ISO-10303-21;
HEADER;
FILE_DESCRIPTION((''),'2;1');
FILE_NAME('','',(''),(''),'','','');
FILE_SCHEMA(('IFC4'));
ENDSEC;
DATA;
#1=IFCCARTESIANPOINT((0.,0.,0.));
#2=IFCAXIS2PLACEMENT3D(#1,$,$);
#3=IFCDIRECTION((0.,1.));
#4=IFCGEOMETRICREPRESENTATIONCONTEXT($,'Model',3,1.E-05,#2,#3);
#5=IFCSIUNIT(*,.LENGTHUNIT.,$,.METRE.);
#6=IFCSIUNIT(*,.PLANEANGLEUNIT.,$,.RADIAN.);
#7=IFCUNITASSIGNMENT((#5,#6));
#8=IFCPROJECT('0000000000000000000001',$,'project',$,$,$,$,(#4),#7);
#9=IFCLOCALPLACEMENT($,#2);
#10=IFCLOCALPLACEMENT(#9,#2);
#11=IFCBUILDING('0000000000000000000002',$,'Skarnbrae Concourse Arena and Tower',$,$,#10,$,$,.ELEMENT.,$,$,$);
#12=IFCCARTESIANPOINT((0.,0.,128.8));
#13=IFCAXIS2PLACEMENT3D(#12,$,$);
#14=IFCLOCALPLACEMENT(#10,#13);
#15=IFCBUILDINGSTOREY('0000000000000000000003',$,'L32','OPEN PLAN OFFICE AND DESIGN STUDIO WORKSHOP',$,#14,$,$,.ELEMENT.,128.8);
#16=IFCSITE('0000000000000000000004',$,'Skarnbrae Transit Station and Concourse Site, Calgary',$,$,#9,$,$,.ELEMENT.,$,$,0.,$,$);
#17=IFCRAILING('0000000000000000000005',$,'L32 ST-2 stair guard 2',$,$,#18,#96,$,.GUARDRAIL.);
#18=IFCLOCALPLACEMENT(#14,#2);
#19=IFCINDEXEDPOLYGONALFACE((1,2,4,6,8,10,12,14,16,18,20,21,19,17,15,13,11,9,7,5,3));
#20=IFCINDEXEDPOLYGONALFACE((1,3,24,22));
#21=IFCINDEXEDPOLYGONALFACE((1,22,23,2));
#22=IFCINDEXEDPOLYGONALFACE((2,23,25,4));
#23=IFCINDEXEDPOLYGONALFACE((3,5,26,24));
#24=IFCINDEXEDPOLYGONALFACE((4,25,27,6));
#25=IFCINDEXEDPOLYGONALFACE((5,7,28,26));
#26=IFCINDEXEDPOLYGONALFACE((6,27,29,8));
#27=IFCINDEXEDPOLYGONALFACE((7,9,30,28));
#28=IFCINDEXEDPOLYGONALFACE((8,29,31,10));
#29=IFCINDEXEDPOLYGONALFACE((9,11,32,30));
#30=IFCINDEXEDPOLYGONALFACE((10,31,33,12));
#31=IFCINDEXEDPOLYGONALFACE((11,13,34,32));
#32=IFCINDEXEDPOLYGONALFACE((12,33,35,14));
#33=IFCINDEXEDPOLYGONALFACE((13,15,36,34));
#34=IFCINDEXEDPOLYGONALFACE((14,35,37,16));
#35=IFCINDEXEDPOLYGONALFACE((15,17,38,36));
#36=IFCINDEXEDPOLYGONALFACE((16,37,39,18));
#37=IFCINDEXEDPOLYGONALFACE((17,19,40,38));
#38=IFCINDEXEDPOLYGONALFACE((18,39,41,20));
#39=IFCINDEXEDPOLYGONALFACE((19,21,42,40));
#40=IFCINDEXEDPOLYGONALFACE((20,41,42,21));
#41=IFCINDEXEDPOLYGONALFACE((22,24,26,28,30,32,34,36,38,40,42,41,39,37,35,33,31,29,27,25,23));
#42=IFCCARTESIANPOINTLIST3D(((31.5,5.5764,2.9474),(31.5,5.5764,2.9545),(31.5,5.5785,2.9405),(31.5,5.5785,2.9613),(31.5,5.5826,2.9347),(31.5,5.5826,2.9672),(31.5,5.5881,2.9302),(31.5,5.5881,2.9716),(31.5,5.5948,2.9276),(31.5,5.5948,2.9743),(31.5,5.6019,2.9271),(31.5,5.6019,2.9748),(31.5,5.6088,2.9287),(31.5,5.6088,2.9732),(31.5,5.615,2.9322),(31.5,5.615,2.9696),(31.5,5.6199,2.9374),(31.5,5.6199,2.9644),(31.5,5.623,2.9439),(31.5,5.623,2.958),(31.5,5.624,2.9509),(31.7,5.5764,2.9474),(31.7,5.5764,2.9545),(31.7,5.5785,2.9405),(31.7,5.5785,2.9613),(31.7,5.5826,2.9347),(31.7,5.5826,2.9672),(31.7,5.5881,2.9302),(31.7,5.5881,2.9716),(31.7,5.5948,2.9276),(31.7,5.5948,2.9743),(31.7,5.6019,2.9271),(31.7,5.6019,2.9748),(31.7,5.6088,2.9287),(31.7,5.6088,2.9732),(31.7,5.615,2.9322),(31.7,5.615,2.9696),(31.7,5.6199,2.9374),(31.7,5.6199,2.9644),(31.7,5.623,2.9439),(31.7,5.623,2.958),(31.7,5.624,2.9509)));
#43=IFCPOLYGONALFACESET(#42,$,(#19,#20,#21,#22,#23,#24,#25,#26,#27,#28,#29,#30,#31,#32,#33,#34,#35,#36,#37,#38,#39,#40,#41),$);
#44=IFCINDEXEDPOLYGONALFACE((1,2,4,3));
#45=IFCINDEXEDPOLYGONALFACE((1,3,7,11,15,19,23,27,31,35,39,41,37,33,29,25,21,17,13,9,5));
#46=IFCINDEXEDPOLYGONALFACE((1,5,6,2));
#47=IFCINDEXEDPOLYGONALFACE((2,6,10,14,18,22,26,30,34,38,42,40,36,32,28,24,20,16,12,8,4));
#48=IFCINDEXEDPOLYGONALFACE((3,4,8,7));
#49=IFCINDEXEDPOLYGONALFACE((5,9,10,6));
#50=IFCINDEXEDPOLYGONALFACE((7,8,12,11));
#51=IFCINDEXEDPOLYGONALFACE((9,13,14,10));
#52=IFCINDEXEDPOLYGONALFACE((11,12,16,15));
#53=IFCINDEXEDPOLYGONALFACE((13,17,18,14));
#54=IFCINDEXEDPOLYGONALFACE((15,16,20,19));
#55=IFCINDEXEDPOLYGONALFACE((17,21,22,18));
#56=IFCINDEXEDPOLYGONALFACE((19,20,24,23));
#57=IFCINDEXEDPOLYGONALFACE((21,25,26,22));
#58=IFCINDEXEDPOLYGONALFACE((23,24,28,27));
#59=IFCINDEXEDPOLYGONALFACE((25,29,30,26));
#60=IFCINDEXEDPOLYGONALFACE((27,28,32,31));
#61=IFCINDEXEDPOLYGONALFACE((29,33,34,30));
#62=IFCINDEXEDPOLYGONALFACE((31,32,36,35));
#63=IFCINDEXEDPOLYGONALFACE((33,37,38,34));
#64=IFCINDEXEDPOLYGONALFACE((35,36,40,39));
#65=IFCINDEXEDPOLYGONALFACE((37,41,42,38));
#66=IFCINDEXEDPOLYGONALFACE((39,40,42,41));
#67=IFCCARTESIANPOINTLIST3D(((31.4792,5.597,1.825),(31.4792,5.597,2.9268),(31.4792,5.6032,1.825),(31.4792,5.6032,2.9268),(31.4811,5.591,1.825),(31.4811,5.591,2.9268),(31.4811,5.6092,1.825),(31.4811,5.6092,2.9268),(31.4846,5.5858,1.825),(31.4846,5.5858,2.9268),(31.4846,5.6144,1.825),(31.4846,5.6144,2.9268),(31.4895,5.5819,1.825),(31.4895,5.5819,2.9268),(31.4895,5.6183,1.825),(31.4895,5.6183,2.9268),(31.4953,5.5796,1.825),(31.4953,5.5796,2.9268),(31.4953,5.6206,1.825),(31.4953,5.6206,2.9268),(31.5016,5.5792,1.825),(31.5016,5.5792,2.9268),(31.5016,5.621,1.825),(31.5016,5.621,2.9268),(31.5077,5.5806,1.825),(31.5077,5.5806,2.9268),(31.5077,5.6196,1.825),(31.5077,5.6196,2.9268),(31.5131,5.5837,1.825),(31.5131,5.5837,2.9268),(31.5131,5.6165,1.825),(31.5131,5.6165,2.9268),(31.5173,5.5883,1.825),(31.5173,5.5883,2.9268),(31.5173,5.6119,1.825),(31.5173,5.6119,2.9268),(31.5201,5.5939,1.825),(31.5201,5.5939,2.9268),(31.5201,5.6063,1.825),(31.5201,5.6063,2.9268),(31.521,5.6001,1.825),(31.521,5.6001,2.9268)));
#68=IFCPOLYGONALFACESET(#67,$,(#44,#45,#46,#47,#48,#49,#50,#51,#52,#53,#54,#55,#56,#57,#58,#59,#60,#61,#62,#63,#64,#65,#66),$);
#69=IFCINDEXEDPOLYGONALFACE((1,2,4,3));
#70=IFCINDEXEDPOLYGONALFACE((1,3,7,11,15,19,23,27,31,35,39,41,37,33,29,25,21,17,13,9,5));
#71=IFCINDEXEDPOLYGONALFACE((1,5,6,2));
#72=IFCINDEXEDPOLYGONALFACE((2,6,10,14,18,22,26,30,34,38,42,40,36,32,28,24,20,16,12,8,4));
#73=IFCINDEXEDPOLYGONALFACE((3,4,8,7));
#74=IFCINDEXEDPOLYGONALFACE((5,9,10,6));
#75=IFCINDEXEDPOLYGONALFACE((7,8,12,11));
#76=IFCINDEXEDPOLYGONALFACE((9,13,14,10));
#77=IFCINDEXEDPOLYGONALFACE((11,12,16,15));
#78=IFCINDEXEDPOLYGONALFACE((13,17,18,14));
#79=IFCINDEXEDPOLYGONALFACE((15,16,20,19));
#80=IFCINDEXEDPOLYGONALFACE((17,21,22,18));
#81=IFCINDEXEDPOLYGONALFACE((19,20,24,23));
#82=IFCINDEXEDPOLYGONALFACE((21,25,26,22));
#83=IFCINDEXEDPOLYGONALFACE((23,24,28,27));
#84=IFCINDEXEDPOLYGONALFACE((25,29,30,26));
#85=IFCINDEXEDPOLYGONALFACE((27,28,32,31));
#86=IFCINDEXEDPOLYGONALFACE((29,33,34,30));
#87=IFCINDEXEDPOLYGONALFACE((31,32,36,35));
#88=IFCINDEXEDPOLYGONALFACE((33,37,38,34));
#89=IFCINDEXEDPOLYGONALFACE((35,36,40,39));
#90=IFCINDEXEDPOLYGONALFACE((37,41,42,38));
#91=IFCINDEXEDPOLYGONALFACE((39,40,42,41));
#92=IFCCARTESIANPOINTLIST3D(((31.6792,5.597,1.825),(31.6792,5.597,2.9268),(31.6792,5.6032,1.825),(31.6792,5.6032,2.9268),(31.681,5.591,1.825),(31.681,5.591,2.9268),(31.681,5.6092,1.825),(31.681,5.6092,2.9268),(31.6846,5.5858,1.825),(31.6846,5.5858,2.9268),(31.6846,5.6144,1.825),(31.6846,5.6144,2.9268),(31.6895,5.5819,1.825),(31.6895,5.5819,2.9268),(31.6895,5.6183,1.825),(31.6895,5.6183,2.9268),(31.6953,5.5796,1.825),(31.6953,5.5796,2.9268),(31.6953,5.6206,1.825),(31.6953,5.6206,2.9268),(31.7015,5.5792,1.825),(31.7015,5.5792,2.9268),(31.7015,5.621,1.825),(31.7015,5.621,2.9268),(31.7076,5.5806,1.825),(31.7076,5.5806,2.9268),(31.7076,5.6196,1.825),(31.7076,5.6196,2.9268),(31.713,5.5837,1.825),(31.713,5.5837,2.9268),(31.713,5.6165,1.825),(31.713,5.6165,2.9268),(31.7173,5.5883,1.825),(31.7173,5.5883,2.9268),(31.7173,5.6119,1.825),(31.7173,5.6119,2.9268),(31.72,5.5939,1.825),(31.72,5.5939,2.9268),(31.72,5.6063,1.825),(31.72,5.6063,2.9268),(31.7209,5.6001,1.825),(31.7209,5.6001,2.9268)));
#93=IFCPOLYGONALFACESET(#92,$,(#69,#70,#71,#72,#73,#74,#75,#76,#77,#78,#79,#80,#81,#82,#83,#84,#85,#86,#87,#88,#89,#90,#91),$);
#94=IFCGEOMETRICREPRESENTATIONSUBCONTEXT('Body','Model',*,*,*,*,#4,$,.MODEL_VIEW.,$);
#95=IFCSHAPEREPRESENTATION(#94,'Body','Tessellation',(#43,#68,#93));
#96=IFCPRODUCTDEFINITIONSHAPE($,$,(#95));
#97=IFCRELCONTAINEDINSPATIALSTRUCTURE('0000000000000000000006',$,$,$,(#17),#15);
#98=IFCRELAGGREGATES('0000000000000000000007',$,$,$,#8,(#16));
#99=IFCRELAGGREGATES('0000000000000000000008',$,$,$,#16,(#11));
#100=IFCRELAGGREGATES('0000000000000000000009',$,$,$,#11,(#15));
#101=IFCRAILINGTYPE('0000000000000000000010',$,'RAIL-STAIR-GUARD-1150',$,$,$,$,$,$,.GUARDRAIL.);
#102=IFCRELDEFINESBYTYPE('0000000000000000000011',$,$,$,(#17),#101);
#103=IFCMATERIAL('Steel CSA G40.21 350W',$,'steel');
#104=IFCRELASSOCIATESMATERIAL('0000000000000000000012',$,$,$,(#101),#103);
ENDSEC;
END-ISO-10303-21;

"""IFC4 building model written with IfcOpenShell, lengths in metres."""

from ifc_helpers import new_model, si_unit, direction, frame, origin, origin_2d, place, context, subcontext, project, spatial, circle, extrude, material, type_object, element, save


model = new_model("IFC4")

# Units and contexts
model_context = context("Model", 3, precision=1e-05, world=origin(), true_north=direction((0.0, 1.0)))
body_context = subcontext(model_context, "Body", "Model", "MODEL_VIEW")
ifc_project = project(units=[si_unit("LENGTHUNIT", "METRE"), si_unit("PLANEANGLEUNIT", "RADIAN")], contexts=[model_context])

# Site, building, storey
site_placement = place(None, origin())
site = spatial("IfcSite", under=ifc_project, at=site_placement, Name="Skarnbrae Transit Station and Concourse Site, Calgary", CompositionType="ELEMENT", RefElevation=0.0)
building_placement = place(site_placement, origin())
building = spatial("IfcBuilding", under=site, at=building_placement, Name="Skarnbrae Concourse Arena and Tower", CompositionType="ELEMENT")
storey_placement = place(building_placement, frame((0.0, 0.0, 128.8)))
storey = spatial("IfcBuildingStorey", under=building, at=storey_placement, Name="L32", Description="OPEN PLAN OFFICE AND DESIGN STUDIO WORKSHOP", CompositionType="ELEMENT", Elevation=128.8)

# Shared definitions
ifc_material_1 = material(Name="Steel CSA G40.21 350W", Category="steel")

# Railing
railing_type_1 = type_object("IfcRailingType", Name="RAIL-STAIR-GUARD-1150", PredefinedType="GUARDRAIL", material=ifc_material_1)
railing_1_placement = place(storey_placement, frame((31.5, 5.6001, 1.825)))
element("IfcRailing", 1, at=railing_1_placement, inside=storey, type_object=railing_type_1, Name="L32 ST-2 stair guard 2", PredefinedType="GUARDRAIL", context=body_context, shape_type="SweptSolid", body=[
    extrude(circle(Radius=0.0239, at=origin_2d()), frame((0.0, 0.0, 1.126), z_axis=(1.0, 0.0, 0.0), x_axis=(0.0, 1.0, 0.0)), (0.0, 0.0, 1.0), 0.2),
    extrude(circle(Radius=0.021, at=origin_2d()), origin(), (0.0, 0.0, 1.0), 1.1018),
    extrude(circle(Radius=0.021, at=origin_2d()), frame((0.2, 0.0, 0.0)), (0.0, 0.0, 1.0), 1.1018),
])

save(model, "model.ifc")
